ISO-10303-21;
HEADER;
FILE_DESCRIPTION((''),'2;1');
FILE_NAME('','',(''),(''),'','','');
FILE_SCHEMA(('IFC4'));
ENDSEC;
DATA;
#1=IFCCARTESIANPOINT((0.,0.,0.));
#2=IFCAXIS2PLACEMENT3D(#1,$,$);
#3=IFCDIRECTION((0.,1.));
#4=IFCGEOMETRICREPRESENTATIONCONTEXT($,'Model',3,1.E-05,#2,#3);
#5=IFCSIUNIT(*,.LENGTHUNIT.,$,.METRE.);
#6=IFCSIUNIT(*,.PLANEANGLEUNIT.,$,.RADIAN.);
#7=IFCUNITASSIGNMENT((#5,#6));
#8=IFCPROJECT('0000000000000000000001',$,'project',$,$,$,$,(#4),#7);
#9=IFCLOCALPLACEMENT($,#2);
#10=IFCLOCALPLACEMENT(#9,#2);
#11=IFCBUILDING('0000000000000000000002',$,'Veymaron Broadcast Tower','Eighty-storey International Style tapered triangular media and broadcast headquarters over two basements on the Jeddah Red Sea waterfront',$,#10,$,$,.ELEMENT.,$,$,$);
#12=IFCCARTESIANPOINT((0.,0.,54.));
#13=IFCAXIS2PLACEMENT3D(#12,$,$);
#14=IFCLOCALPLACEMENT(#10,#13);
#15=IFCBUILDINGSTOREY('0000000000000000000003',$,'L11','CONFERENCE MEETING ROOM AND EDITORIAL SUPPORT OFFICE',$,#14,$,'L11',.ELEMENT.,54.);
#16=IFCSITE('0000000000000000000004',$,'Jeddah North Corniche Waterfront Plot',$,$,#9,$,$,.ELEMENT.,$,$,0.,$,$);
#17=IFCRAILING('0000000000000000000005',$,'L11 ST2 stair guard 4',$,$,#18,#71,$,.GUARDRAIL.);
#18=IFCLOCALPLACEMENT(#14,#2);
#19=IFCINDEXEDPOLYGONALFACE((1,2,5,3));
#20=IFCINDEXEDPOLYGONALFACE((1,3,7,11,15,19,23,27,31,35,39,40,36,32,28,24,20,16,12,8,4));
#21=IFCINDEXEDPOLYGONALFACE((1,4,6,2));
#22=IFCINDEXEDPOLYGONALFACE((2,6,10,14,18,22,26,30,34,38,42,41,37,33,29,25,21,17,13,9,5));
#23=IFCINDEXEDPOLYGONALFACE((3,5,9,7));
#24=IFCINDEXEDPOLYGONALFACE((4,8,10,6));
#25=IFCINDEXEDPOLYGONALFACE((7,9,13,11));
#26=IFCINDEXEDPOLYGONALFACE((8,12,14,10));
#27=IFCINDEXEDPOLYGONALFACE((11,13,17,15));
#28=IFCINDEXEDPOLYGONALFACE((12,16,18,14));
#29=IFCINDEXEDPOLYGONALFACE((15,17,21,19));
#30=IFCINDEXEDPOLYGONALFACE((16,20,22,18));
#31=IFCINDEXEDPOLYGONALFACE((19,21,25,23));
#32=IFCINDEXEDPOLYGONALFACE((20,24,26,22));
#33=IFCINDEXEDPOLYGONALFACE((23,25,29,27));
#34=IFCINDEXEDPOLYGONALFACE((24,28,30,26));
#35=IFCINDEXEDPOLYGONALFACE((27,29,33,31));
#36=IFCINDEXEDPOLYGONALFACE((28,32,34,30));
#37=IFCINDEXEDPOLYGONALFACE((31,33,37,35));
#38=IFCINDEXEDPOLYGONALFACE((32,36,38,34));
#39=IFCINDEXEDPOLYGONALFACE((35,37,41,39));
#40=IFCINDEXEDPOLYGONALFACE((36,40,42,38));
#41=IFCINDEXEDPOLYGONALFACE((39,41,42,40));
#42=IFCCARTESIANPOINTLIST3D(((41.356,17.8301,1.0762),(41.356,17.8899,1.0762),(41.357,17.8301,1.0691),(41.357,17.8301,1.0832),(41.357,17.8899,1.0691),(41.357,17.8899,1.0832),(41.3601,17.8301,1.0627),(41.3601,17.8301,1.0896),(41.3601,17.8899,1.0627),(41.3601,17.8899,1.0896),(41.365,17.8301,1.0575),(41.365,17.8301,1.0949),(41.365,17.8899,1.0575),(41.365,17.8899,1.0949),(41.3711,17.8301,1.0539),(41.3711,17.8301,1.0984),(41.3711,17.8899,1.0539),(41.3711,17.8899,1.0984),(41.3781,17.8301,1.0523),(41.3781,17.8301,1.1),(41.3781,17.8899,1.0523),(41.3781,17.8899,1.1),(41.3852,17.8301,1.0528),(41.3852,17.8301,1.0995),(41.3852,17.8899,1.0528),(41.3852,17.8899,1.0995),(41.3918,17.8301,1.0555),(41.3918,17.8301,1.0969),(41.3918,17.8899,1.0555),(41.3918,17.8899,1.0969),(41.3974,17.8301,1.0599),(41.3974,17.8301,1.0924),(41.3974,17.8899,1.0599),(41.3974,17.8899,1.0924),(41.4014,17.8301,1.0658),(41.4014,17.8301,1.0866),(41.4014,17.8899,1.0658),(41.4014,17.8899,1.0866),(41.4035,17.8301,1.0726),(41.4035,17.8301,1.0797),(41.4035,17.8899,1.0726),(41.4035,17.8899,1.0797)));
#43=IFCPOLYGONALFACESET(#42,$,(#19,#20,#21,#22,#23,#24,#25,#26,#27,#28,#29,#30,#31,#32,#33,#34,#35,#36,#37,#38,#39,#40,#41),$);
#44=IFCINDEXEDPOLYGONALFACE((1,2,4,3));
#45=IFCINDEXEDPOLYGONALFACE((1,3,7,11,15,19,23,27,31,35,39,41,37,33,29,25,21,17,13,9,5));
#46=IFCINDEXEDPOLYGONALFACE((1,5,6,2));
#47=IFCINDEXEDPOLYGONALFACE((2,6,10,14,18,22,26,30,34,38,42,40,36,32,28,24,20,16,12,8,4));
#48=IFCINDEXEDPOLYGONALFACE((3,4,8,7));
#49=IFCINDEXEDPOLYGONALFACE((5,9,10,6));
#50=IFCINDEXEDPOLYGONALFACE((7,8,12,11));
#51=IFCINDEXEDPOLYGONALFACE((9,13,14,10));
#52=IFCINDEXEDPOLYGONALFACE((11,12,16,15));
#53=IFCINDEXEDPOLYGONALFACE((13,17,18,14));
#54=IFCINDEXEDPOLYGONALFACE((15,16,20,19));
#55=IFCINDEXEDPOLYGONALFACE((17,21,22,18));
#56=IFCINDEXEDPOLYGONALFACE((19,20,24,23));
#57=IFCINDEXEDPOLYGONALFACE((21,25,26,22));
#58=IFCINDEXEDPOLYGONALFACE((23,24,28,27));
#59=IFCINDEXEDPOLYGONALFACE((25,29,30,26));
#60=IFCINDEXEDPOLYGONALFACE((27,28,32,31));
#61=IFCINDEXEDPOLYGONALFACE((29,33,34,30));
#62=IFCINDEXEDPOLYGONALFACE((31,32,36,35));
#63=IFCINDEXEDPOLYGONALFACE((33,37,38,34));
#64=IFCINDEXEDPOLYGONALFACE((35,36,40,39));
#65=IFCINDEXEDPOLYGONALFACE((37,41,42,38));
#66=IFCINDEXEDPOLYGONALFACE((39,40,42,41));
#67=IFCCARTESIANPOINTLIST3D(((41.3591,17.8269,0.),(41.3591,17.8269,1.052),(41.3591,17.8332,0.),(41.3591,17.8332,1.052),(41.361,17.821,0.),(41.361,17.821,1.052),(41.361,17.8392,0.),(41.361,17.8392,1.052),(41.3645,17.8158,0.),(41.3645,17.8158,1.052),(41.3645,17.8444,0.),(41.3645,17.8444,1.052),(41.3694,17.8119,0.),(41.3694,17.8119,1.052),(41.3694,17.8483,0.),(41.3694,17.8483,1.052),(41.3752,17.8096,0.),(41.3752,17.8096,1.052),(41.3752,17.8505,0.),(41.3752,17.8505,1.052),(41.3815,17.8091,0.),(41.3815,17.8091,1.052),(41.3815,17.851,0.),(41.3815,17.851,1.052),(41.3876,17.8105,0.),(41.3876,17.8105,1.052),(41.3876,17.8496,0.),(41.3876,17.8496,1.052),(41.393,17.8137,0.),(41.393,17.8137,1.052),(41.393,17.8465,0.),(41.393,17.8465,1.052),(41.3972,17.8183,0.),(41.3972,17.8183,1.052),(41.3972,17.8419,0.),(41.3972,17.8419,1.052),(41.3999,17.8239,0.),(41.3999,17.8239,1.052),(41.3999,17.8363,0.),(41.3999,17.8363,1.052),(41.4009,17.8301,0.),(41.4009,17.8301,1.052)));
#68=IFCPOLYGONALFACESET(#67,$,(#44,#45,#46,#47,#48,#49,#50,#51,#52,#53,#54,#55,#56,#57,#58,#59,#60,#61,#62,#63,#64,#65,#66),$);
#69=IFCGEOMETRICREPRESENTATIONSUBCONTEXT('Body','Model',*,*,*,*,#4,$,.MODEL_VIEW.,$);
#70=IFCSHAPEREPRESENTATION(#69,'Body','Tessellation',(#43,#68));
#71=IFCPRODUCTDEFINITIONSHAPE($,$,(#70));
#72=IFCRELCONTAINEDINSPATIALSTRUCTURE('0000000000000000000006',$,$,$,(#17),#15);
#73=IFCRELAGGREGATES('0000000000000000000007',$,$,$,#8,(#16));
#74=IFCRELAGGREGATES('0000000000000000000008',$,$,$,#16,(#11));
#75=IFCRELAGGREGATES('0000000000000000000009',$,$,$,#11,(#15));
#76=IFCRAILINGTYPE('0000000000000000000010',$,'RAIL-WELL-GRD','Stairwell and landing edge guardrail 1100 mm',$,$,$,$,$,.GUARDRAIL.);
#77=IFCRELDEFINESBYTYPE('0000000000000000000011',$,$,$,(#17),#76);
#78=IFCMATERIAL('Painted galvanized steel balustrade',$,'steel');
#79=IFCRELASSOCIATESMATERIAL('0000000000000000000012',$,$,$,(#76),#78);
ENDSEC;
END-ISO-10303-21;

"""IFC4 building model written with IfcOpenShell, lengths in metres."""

from ifc_helpers import new_model, si_unit, direction, frame, origin, origin_2d, place, context, subcontext, project, spatial, circle, extrude, material, type_object, element, save


model = new_model("IFC4")

# Units and contexts
model_context = context("Model", 3, precision=1e-05, world=origin(), true_north=direction((0.0, 1.0)))
body_context = subcontext(model_context, "Body", "Model", "MODEL_VIEW")
ifc_project = project(units=[si_unit("LENGTHUNIT", "METRE"), si_unit("PLANEANGLEUNIT", "RADIAN")], contexts=[model_context])

# Site, building, storey
site_placement = place(None, origin())
site = spatial("IfcSite", under=ifc_project, at=site_placement, Name="Jeddah North Corniche Waterfront Plot", CompositionType="ELEMENT", RefElevation=0.0)
building_placement = place(site_placement, origin())
building = spatial("IfcBuilding", under=site, at=building_placement, Name="Veymaron Broadcast Tower", Description="Eighty-storey International Style tapered triangular media and broadcast headquarters over two basements on the Jeddah Red Sea waterfront", CompositionType="ELEMENT")
storey_placement = place(building_placement, frame((0.0, 0.0, 54.0)))
storey = spatial("IfcBuildingStorey", under=building, at=storey_placement, Name="L11", Description="CONFERENCE MEETING ROOM AND EDITORIAL SUPPORT OFFICE", LongName="L11", CompositionType="ELEMENT", Elevation=54.0)

# Railing
ifc_material_1 = material(Name="Painted galvanized steel balustrade", Category="steel")
railing_type_1 = type_object("IfcRailingType", Name="RAIL-WELL-GRD", Description="Stairwell and landing edge guardrail 1100 mm", PredefinedType="GUARDRAIL", material=ifc_material_1)
railing_1_placement = place(storey_placement, frame((41.3799, 17.8301, 0.0)))
element("IfcRailing", 1, at=railing_1_placement, inside=storey, type_object=railing_type_1, Name="L11 ST2 stair guard 4", PredefinedType="GUARDRAIL", context=body_context, shape_type="SweptSolid", body=[
    extrude(circle(Radius=0.0239, at=origin_2d()), frame((0.0, 0.0, 1.0762), z_axis=(0.0, 1.0, 0.0), x_axis=(-1.0, 0.0, 0.0)), (0.0, 0.0, 1.0), 0.0598),
    extrude(circle(Radius=0.021, at=origin_2d()), origin(), (0.0, 0.0, 1.0), 1.052),
])

save(model, "model.ifc")
